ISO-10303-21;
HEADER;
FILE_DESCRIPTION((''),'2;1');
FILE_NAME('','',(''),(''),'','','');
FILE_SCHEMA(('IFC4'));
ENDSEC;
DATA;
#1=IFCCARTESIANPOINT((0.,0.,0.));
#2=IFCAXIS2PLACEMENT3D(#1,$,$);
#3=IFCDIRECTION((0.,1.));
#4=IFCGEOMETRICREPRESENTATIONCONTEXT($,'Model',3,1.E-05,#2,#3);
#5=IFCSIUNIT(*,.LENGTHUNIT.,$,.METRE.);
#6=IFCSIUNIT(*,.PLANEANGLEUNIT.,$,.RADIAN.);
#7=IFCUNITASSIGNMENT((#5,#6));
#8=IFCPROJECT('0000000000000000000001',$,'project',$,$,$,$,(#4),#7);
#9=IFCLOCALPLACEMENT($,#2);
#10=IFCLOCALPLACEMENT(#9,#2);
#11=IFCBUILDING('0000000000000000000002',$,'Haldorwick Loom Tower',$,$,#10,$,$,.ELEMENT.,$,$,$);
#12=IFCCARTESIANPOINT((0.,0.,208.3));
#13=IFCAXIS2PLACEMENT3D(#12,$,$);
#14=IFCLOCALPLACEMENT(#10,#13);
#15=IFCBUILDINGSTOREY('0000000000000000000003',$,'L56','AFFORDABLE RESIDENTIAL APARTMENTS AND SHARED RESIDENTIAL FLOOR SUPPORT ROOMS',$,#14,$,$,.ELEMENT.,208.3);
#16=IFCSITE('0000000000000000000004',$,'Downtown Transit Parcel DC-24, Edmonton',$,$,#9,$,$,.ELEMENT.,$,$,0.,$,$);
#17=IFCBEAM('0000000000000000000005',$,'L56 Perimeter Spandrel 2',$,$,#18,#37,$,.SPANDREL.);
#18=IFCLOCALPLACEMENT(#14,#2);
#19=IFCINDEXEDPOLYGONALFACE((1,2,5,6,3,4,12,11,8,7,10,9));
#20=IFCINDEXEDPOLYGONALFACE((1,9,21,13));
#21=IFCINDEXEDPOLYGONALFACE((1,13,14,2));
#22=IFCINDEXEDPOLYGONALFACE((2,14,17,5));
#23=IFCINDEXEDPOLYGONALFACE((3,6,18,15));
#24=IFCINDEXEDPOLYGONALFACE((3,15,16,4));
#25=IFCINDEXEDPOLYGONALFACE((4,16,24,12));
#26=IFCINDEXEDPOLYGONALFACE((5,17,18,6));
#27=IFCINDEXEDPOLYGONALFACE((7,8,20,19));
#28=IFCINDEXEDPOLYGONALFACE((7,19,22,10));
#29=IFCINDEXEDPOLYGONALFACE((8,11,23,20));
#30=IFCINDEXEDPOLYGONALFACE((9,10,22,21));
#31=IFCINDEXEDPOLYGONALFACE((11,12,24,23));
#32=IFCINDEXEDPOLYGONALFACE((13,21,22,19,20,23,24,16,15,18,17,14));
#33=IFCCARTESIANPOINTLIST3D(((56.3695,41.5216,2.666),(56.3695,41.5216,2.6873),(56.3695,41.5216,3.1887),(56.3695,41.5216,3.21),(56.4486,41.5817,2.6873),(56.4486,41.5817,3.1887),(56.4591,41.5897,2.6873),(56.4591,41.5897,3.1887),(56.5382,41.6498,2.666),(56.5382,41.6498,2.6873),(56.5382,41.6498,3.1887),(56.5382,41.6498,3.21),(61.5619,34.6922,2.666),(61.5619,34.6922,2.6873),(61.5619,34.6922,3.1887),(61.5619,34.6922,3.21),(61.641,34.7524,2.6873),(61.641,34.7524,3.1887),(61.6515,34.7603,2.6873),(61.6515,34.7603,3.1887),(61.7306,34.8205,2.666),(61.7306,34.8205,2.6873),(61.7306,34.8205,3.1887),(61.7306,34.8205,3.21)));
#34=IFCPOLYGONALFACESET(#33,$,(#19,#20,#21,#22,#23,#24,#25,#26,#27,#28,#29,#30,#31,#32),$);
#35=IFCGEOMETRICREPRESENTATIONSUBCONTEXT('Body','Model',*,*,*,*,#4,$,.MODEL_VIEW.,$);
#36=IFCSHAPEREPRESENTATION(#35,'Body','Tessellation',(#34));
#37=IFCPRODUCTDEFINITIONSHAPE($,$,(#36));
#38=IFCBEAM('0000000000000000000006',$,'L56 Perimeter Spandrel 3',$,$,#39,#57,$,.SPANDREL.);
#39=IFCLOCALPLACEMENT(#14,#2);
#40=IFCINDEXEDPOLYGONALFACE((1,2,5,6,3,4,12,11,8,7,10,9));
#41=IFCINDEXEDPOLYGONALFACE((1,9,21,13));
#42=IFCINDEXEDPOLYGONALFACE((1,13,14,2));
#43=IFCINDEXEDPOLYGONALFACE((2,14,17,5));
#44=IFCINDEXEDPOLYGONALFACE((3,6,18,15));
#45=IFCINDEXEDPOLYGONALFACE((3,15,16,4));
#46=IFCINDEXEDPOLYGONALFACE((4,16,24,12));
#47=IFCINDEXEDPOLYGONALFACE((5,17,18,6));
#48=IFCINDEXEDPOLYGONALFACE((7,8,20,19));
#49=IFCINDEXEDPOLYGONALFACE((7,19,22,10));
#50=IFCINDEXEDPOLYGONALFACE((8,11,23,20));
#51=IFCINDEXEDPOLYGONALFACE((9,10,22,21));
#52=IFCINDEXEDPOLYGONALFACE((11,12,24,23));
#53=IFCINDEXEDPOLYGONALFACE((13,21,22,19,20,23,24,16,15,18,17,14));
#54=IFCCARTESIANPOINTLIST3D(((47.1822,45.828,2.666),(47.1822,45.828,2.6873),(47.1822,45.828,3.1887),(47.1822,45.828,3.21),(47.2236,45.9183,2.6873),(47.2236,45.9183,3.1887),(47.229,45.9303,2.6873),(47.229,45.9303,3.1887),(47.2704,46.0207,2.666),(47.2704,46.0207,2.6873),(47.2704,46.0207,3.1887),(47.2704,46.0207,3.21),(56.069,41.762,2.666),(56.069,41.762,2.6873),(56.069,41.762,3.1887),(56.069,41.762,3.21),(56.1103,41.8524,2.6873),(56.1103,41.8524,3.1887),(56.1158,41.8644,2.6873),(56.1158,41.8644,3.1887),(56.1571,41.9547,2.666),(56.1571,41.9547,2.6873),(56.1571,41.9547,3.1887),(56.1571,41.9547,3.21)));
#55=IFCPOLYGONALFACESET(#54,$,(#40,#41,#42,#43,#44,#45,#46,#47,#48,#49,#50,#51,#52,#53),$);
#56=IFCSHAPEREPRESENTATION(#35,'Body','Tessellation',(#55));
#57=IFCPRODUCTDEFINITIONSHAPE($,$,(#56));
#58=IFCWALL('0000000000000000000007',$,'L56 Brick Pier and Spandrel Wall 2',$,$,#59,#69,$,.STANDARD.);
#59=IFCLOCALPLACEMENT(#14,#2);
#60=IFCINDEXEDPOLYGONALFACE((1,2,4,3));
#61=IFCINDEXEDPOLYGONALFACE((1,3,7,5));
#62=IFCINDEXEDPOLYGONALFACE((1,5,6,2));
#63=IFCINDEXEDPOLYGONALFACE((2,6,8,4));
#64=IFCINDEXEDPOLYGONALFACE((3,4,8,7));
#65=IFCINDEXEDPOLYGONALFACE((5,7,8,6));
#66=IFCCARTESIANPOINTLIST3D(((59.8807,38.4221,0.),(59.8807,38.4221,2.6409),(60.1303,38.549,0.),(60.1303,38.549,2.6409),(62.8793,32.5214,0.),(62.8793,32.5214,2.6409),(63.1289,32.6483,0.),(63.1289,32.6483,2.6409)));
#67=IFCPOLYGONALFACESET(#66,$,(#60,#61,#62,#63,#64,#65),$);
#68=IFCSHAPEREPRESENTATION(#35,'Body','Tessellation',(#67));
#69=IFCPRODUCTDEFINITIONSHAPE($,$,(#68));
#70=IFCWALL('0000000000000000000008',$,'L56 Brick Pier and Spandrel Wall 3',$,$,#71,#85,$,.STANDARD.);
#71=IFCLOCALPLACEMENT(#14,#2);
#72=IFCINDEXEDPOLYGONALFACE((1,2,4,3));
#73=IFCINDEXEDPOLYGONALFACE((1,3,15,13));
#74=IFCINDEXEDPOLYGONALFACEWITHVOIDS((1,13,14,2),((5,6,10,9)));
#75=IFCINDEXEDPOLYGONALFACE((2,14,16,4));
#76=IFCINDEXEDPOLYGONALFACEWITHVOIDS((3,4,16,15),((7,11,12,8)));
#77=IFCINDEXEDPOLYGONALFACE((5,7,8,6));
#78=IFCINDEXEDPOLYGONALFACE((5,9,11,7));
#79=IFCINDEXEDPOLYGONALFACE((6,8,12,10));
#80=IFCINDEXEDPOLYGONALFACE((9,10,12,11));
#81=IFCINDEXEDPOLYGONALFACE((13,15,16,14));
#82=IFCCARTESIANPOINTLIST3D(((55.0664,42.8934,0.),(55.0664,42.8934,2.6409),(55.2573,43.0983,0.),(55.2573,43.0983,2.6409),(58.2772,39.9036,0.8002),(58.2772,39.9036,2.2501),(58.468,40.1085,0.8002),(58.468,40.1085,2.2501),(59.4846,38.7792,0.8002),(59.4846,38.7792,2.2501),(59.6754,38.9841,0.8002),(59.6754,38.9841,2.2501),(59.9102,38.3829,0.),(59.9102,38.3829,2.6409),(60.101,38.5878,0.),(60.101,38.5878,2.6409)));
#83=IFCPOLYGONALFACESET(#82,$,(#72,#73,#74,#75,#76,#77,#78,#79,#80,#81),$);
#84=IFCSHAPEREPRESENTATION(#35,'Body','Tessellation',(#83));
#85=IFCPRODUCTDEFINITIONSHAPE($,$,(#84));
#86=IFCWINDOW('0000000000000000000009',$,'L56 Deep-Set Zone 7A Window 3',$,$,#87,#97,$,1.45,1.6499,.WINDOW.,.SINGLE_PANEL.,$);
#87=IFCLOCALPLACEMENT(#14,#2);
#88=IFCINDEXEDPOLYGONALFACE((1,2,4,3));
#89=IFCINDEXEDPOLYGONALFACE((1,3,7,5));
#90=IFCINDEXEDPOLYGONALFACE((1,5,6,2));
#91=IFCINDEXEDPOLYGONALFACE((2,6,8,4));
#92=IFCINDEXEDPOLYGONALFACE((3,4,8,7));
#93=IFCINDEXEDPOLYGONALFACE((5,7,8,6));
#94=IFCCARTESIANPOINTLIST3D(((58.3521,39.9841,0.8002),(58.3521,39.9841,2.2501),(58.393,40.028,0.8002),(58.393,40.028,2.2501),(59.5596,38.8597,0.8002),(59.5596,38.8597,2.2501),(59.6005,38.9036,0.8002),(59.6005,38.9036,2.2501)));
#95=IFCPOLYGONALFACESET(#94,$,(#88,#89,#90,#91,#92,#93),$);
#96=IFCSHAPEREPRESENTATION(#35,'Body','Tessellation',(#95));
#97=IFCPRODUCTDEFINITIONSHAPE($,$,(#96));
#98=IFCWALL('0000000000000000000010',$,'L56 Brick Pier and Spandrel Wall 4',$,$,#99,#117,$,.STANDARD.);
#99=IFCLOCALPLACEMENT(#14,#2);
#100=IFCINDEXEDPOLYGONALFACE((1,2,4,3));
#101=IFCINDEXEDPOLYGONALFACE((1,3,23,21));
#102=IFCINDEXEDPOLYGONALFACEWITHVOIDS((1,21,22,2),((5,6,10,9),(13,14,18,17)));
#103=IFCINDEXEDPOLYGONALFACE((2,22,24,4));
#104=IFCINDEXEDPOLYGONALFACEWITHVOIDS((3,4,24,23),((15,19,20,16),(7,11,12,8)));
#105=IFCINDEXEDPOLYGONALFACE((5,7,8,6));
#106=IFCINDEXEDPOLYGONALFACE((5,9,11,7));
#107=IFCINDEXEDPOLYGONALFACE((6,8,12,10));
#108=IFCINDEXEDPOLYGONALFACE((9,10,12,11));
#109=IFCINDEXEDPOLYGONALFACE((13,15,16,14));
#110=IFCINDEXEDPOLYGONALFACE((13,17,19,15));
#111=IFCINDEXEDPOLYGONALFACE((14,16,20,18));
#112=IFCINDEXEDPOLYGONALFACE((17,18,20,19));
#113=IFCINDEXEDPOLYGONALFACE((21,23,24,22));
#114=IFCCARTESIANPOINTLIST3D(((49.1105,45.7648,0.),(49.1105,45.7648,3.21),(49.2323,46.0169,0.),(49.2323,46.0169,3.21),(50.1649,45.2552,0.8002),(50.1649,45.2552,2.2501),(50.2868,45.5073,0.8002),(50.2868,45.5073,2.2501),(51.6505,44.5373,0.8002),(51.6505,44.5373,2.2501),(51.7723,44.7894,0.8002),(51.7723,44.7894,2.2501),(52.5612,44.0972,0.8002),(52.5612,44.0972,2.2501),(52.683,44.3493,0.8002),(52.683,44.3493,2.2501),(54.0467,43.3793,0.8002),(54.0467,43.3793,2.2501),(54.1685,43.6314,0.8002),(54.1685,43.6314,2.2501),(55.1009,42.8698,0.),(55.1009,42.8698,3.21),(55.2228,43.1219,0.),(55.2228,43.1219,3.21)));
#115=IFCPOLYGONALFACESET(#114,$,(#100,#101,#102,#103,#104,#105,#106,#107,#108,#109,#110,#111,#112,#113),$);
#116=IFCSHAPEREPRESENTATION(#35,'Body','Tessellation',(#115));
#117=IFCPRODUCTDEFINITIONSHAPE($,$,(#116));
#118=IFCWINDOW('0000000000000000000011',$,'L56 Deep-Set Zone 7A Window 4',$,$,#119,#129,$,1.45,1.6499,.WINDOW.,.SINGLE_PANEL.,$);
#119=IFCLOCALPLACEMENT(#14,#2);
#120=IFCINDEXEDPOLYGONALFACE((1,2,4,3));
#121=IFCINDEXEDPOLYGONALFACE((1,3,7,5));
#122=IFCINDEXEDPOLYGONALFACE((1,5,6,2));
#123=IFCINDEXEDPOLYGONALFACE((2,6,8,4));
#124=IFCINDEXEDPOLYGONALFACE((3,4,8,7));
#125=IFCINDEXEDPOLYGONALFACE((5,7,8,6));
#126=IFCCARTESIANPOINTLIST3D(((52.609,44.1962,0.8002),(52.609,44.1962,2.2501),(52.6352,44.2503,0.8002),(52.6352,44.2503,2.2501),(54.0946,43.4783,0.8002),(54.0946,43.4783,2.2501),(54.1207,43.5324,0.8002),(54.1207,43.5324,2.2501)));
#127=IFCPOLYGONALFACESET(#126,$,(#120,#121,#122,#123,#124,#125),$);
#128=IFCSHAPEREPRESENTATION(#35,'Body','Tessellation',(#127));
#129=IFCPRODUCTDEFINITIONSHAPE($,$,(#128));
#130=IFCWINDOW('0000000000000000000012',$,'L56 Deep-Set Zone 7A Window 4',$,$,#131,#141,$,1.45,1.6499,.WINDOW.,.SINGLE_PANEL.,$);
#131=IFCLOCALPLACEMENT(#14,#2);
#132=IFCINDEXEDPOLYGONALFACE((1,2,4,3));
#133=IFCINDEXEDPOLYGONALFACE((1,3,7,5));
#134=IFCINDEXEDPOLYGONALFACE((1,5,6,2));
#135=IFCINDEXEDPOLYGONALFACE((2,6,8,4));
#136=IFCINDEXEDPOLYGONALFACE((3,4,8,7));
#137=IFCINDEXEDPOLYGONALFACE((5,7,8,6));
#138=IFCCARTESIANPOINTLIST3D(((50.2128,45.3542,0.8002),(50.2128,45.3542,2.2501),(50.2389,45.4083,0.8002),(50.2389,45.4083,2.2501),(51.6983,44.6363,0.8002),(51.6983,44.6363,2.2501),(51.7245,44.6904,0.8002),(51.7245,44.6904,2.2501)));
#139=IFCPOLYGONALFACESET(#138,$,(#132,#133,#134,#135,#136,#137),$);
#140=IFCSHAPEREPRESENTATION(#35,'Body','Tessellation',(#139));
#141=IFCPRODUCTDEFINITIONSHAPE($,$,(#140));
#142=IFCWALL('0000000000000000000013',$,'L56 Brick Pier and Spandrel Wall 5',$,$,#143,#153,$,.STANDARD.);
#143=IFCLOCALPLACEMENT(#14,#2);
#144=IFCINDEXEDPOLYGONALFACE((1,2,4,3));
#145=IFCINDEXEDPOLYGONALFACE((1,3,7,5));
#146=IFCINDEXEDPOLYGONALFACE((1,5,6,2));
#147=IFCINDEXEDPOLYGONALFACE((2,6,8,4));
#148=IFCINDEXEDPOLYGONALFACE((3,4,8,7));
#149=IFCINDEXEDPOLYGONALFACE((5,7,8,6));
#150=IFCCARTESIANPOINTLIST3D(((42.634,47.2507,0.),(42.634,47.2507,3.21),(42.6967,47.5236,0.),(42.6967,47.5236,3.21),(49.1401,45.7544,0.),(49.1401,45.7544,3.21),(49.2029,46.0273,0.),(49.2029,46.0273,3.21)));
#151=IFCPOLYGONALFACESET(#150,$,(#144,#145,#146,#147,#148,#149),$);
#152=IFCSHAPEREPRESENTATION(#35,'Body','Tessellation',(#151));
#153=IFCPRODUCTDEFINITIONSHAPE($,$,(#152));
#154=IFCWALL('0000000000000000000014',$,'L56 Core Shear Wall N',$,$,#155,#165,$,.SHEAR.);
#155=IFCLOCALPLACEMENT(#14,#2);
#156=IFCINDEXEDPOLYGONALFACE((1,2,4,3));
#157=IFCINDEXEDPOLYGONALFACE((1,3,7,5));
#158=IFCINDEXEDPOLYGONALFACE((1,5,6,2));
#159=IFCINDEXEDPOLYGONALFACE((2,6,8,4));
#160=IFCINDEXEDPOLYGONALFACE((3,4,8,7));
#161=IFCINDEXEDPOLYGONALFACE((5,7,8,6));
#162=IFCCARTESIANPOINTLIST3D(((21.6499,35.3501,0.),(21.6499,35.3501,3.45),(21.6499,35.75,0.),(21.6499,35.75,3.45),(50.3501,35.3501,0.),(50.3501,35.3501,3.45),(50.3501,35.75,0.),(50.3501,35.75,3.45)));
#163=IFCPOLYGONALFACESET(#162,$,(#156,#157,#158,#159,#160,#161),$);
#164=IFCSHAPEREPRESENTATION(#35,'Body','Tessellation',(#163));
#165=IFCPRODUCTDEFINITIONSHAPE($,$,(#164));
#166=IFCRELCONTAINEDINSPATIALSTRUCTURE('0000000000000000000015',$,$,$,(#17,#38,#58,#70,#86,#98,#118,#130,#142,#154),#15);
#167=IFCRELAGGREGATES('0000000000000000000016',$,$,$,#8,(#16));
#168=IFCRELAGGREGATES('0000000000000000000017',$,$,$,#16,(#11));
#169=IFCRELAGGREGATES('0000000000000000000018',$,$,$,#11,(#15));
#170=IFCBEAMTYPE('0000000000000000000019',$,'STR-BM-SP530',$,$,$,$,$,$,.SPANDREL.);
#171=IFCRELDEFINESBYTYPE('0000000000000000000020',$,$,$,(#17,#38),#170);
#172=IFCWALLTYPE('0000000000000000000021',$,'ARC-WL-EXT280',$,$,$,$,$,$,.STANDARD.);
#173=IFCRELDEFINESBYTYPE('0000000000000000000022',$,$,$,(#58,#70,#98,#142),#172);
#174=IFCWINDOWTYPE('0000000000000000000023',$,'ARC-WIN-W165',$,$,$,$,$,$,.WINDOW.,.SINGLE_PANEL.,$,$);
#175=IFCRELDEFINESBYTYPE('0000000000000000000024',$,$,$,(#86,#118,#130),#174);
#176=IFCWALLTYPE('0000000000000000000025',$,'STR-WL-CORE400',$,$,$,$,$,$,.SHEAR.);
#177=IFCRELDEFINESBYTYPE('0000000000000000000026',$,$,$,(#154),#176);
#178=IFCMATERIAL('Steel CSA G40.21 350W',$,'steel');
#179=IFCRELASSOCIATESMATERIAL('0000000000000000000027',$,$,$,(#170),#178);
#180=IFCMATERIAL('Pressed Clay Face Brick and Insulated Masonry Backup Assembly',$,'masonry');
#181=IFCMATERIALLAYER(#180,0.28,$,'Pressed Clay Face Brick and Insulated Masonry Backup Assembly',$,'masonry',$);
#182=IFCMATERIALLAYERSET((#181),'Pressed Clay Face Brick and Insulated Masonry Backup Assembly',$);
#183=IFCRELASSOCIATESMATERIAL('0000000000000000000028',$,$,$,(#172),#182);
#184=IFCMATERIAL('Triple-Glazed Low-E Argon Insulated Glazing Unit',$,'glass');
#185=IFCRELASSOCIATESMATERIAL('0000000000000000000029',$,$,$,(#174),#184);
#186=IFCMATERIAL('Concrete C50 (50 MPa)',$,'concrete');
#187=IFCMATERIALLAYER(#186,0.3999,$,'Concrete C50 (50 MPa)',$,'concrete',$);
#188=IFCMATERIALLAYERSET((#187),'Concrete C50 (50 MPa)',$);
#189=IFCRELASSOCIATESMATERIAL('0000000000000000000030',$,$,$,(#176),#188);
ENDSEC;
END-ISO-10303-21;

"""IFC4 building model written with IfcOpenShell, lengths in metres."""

from ifc_helpers import new_model, si_unit, direction, frame, frame_2d, origin, origin_2d, place, context, subcontext, project, spatial, rectangle, i_section, extrude, material, layer, layer_set, material_profile, profile_set, type_object, element, fill, save


model = new_model("IFC4")

# Units and contexts
model_context = context("Model", 3, precision=1e-05, world=origin(), true_north=direction((0.0, 1.0)))
body_context = subcontext(model_context, "Body", "Model", "MODEL_VIEW")
ifc_project = project(units=[si_unit("LENGTHUNIT", "METRE"), si_unit("PLANEANGLEUNIT", "RADIAN")], contexts=[model_context])

# Site, building, storey
site_placement = place(None, origin())
site = spatial("IfcSite", under=ifc_project, at=site_placement, Name="Downtown Transit Parcel DC-24, Edmonton", CompositionType="ELEMENT", RefElevation=0.0)
building_placement = place(site_placement, origin())
building = spatial("IfcBuilding", under=site, at=building_placement, Name="Haldorwick Loom Tower", CompositionType="ELEMENT")
storey_placement = place(building_placement, frame((0.0, 0.0, 208.3)))
storey = spatial("IfcBuildingStorey", under=building, at=storey_placement, Name="L56", Description="AFFORDABLE RESIDENTIAL APARTMENTS AND SHARED RESIDENTIAL FLOOR SUPPORT ROOMS", CompositionType="ELEMENT", Elevation=208.3)

# Shared definitions
ifc_material_1 = material(Name="Steel CSA G40.21 350W", Category="steel")

# Beams
ifc_material_profile_1 = material_profile(ifc_material_1, i_section(OverallWidth=0.2119, OverallDepth=0.5439, WebThickness=0.0132, FlangeThickness=0.0212, at=origin_2d()), Name="W530X123", Category="steel")
ifc_profile_set_1 = profile_set([ifc_material_profile_1], Name="Steel CSA G40.21 350W")
beam_type_1 = type_object("IfcBeamType", Name="STR-BM-SP530", PredefinedType="SPANDREL", material=ifc_profile_set_1)
beam_1_placement = place(storey_placement, frame((61.6462, 34.7563, 2.938), z_axis=(-0.605237, 0.796045, 0.0), x_axis=(-0.796045, -0.605237, 0.0)))
element("IfcBeam", 1, at=beam_1_placement, inside=storey, type_object=beam_type_1, Name="L56 Perimeter Spandrel 2", PredefinedType="SPANDREL", context=body_context, shape_type="SweptSolid", body=[
    extrude(i_section(OverallWidth=0.2119, OverallDepth=0.5439, WebThickness=0.0132, FlangeThickness=0.0212, at=origin_2d()), origin(), (0.0, 0.0, 1.0), 8.5791),
])
beam_2_placement = place(storey_placement, frame((56.113, 41.8584, 2.938), z_axis=(-0.909342, 0.416049, 0.0), x_axis=(-0.416049, -0.909342, 0.0)))
element("IfcBeam", 2, at=beam_2_placement, inside=storey, type_object=beam_type_1, Name="L56 Perimeter Spandrel 3", PredefinedType="SPANDREL", context=body_context, shape_type="SweptSolid", body=[
    extrude(i_section(OverallWidth=0.2119, OverallDepth=0.5439, WebThickness=0.0132, FlangeThickness=0.0212, at=origin_2d()), origin(), (0.0, 0.0, 1.0), 9.7727),
])

# Wall
ifc_material_2 = material(Name="Pressed Clay Face Brick and Insulated Masonry Backup Assembly", Category="masonry")
ifc_layer_1 = layer(ifc_material_2, 0.28, Name="Pressed Clay Face Brick and Insulated Masonry Backup Assembly", Category="masonry")
ifc_layer_set_1 = layer_set([ifc_layer_1], Name="Pressed Clay Face Brick and Insulated Masonry Backup Assembly")
wall_type_1 = type_object("IfcWallType", Name="ARC-WL-EXT280", PredefinedType="STANDARD", material=ifc_layer_set_1)
wall_1_placement = place(storey_placement, frame((63.0042, 32.5847, 0.0), z_axis=(0.0, 0.0, 1.0), x_axis=(-0.453032, 0.891494, 0.0)))
element("IfcWall", 3, at=wall_1_placement, inside=storey, type_object=wall_type_1, Name="L56 Brick Pier and Spandrel Wall 2", PredefinedType="STANDARD", context=body_context, shape_type="SweptSolid", body=[
    extrude(rectangle(XDim=6.6189, YDim=0.28, at=frame_2d((3.3096, 0.0))), origin(), (0.0, 0.0, 1.0), 2.6409),
])

# Wall, opening, window
wall_2_placement = place(storey_placement, frame((60.0056, 38.4854, 0.0), z_axis=(0.0, 0.0, 1.0), x_axis=(-0.731834, 0.681483, 0.0)))
wall_2 = element("IfcWall", 4, at=wall_2_placement, inside=storey, type_object=wall_type_1, Name="L56 Brick Pier and Spandrel Wall 3", PredefinedType="STANDARD", context=body_context, shape_type="SweptSolid", body=[
    extrude(rectangle(XDim=6.6187, YDim=0.28, at=frame_2d((3.3093, 0.0))), origin(), (0.0, 0.0, 1.0), 2.6409),
])
opening_1_placement = place(wall_2_placement, frame((0.5815, 0.0, 0.8)))
opening_1 = element("IfcOpeningElement", 5, at=opening_1_placement, cuts=wall_2, PredefinedType="OPENING", context=body_context, shape_type="SweptSolid", body=[
    extrude(rectangle(XDim=1.6499, YDim=1.45, at=frame_2d((0.825, 0.7251))), frame((0.0, 0.1499, 0.0), z_axis=(0.0, -1.0, 0.0), x_axis=(1.0, 0.0, 0.0)), (0.0, 0.0, 1.0), 0.3),
])
ifc_material_3 = material(Name="Triple-Glazed Low-E Argon Insulated Glazing Unit", Category="glass")
window_type = type_object("IfcWindowType", Name="ARC-WIN-W165", PartitioningType="SINGLE_PANEL", PredefinedType="WINDOW", material=ifc_material_3)
window_1_placement = place(opening_1_placement, origin())
window_1 = element("IfcWindow", 6, at=window_1_placement, inside=storey, type_object=window_type, Name="L56 Deep-Set Zone 7A Window 3", OverallHeight=1.45, OverallWidth=1.6499, PartitioningType="SINGLE_PANEL", PredefinedType="WINDOW", context=body_context, shape_type="SweptSolid", body=[
    extrude(rectangle(XDim=1.6499, YDim=1.45, at=frame_2d((0.825, 0.7251))), frame((0.0, 0.03, 0.0), z_axis=(0.0, -1.0, 0.0), x_axis=(1.0, 0.0, 0.0)), (0.0, 0.0, 1.0), 0.0601),
])
fill(opening_1, window_1)

# Wall, openings, windows
wall_3_placement = place(storey_placement, frame((55.1619, 42.9958, 0.0), z_axis=(0.0, 0.0, 1.0), x_axis=(-0.900371, 0.435123, 0.0)))
wall_3 = element("IfcWall", 7, at=wall_3_placement, inside=storey, type_object=wall_type_1, Name="L56 Brick Pier and Spandrel Wall 4", PredefinedType="STANDARD", context=body_context, shape_type="SweptSolid", body=[
    extrude(rectangle(XDim=6.6533, YDim=0.28, at=frame_2d((3.3267, 0.0))), origin(), (0.0, 0.0, 1.0), 3.21),
])
opening_2_placement = place(wall_3_placement, frame((1.1709, 0.0, 0.8)))
opening_2 = element("IfcOpeningElement", 8, at=opening_2_placement, cuts=wall_3, PredefinedType="OPENING", context=body_context, shape_type="SweptSolid", body=[
    extrude(rectangle(XDim=1.6499, YDim=1.45, at=frame_2d((0.825, 0.7251))), frame((0.0, 0.1499, 0.0), z_axis=(0.0, -1.0, 0.0), x_axis=(1.0, 0.0, 0.0)), (0.0, 0.0, 1.0), 0.3),
])
opening_3_placement = place(wall_3_placement, frame((3.8323, 0.0, 0.8)))
opening_3 = element("IfcOpeningElement", 9, at=opening_3_placement, cuts=wall_3, PredefinedType="OPENING", context=body_context, shape_type="SweptSolid", body=[
    extrude(rectangle(XDim=1.6499, YDim=1.45, at=frame_2d((0.825, 0.7251))), frame((0.0, 0.1499, 0.0), z_axis=(0.0, -1.0, 0.0), x_axis=(1.0, 0.0, 0.0)), (0.0, 0.0, 1.0), 0.3),
])
window_2_placement = place(opening_2_placement, origin())
window_2 = element("IfcWindow", 10, at=window_2_placement, inside=storey, type_object=window_type, Name="L56 Deep-Set Zone 7A Window 4", OverallHeight=1.45, OverallWidth=1.6499, PartitioningType="SINGLE_PANEL", PredefinedType="WINDOW", context=body_context, shape_type="SweptSolid", body=[
    extrude(rectangle(XDim=1.6499, YDim=1.45, at=frame_2d((0.825, 0.7251))), frame((0.0, 0.03, 0.0), z_axis=(0.0, -1.0, 0.0), x_axis=(1.0, 0.0, 0.0)), (0.0, 0.0, 1.0), 0.0601),
])
fill(opening_2, window_2)
window_3_placement = place(opening_3_placement, origin())
window_3 = element("IfcWindow", 11, at=window_3_placement, inside=storey, type_object=window_type, Name="L56 Deep-Set Zone 7A Window 4", OverallHeight=1.45, OverallWidth=1.6499, PartitioningType="SINGLE_PANEL", PredefinedType="WINDOW", context=body_context, shape_type="SweptSolid", body=[
    extrude(rectangle(XDim=1.6499, YDim=1.45, at=frame_2d((0.825, 0.7251))), frame((0.0, 0.03, 0.0), z_axis=(0.0, -1.0, 0.0), x_axis=(1.0, 0.0, 0.0)), (0.0, 0.0, 1.0), 0.0601),
])
fill(opening_3, window_3)

# Walls
wall_4_placement = place(storey_placement, frame((49.1714, 45.8909, 0.0), z_axis=(0.0, 0.0, 1.0), x_axis=(-0.974557, 0.224138, 0.0)))
element("IfcWall", 12, at=wall_4_placement, inside=storey, type_object=wall_type_1, Name="L56 Brick Pier and Spandrel Wall 5", PredefinedType="STANDARD", context=body_context, shape_type="SweptSolid", body=[
    extrude(rectangle(XDim=6.676, YDim=0.28, at=frame_2d((3.3379, 0.0))), origin(), (0.0, 0.0, 1.0), 3.21),
])
ifc_material_4 = material(Name="Concrete C50 (50 MPa)", Category="concrete")
ifc_layer_2 = layer(ifc_material_4, 0.3999, Name="Concrete C50 (50 MPa)", Category="concrete")
ifc_layer_set_2 = layer_set([ifc_layer_2], Name="Concrete C50 (50 MPa)")
wall_type_2 = type_object("IfcWallType", Name="STR-WL-CORE400", PredefinedType="SHEAR", material=ifc_layer_set_2)
wall_5_placement = place(storey_placement, frame((50.3501, 35.55, 0.0), z_axis=(0.0, 0.0, 1.0), x_axis=(-1.0, 0.0, 0.0)))
element("IfcWall", 13, at=wall_5_placement, inside=storey, type_object=wall_type_2, Name="L56 Core Shear Wall N", PredefinedType="SHEAR", context=body_context, shape_type="SweptSolid", body=[
    extrude(rectangle(XDim=28.7002, YDim=0.3999, at=frame_2d((14.3501, 0.0))), origin(), (0.0, 0.0, 1.0), 3.45),
])

save(model, "model.ifc")
